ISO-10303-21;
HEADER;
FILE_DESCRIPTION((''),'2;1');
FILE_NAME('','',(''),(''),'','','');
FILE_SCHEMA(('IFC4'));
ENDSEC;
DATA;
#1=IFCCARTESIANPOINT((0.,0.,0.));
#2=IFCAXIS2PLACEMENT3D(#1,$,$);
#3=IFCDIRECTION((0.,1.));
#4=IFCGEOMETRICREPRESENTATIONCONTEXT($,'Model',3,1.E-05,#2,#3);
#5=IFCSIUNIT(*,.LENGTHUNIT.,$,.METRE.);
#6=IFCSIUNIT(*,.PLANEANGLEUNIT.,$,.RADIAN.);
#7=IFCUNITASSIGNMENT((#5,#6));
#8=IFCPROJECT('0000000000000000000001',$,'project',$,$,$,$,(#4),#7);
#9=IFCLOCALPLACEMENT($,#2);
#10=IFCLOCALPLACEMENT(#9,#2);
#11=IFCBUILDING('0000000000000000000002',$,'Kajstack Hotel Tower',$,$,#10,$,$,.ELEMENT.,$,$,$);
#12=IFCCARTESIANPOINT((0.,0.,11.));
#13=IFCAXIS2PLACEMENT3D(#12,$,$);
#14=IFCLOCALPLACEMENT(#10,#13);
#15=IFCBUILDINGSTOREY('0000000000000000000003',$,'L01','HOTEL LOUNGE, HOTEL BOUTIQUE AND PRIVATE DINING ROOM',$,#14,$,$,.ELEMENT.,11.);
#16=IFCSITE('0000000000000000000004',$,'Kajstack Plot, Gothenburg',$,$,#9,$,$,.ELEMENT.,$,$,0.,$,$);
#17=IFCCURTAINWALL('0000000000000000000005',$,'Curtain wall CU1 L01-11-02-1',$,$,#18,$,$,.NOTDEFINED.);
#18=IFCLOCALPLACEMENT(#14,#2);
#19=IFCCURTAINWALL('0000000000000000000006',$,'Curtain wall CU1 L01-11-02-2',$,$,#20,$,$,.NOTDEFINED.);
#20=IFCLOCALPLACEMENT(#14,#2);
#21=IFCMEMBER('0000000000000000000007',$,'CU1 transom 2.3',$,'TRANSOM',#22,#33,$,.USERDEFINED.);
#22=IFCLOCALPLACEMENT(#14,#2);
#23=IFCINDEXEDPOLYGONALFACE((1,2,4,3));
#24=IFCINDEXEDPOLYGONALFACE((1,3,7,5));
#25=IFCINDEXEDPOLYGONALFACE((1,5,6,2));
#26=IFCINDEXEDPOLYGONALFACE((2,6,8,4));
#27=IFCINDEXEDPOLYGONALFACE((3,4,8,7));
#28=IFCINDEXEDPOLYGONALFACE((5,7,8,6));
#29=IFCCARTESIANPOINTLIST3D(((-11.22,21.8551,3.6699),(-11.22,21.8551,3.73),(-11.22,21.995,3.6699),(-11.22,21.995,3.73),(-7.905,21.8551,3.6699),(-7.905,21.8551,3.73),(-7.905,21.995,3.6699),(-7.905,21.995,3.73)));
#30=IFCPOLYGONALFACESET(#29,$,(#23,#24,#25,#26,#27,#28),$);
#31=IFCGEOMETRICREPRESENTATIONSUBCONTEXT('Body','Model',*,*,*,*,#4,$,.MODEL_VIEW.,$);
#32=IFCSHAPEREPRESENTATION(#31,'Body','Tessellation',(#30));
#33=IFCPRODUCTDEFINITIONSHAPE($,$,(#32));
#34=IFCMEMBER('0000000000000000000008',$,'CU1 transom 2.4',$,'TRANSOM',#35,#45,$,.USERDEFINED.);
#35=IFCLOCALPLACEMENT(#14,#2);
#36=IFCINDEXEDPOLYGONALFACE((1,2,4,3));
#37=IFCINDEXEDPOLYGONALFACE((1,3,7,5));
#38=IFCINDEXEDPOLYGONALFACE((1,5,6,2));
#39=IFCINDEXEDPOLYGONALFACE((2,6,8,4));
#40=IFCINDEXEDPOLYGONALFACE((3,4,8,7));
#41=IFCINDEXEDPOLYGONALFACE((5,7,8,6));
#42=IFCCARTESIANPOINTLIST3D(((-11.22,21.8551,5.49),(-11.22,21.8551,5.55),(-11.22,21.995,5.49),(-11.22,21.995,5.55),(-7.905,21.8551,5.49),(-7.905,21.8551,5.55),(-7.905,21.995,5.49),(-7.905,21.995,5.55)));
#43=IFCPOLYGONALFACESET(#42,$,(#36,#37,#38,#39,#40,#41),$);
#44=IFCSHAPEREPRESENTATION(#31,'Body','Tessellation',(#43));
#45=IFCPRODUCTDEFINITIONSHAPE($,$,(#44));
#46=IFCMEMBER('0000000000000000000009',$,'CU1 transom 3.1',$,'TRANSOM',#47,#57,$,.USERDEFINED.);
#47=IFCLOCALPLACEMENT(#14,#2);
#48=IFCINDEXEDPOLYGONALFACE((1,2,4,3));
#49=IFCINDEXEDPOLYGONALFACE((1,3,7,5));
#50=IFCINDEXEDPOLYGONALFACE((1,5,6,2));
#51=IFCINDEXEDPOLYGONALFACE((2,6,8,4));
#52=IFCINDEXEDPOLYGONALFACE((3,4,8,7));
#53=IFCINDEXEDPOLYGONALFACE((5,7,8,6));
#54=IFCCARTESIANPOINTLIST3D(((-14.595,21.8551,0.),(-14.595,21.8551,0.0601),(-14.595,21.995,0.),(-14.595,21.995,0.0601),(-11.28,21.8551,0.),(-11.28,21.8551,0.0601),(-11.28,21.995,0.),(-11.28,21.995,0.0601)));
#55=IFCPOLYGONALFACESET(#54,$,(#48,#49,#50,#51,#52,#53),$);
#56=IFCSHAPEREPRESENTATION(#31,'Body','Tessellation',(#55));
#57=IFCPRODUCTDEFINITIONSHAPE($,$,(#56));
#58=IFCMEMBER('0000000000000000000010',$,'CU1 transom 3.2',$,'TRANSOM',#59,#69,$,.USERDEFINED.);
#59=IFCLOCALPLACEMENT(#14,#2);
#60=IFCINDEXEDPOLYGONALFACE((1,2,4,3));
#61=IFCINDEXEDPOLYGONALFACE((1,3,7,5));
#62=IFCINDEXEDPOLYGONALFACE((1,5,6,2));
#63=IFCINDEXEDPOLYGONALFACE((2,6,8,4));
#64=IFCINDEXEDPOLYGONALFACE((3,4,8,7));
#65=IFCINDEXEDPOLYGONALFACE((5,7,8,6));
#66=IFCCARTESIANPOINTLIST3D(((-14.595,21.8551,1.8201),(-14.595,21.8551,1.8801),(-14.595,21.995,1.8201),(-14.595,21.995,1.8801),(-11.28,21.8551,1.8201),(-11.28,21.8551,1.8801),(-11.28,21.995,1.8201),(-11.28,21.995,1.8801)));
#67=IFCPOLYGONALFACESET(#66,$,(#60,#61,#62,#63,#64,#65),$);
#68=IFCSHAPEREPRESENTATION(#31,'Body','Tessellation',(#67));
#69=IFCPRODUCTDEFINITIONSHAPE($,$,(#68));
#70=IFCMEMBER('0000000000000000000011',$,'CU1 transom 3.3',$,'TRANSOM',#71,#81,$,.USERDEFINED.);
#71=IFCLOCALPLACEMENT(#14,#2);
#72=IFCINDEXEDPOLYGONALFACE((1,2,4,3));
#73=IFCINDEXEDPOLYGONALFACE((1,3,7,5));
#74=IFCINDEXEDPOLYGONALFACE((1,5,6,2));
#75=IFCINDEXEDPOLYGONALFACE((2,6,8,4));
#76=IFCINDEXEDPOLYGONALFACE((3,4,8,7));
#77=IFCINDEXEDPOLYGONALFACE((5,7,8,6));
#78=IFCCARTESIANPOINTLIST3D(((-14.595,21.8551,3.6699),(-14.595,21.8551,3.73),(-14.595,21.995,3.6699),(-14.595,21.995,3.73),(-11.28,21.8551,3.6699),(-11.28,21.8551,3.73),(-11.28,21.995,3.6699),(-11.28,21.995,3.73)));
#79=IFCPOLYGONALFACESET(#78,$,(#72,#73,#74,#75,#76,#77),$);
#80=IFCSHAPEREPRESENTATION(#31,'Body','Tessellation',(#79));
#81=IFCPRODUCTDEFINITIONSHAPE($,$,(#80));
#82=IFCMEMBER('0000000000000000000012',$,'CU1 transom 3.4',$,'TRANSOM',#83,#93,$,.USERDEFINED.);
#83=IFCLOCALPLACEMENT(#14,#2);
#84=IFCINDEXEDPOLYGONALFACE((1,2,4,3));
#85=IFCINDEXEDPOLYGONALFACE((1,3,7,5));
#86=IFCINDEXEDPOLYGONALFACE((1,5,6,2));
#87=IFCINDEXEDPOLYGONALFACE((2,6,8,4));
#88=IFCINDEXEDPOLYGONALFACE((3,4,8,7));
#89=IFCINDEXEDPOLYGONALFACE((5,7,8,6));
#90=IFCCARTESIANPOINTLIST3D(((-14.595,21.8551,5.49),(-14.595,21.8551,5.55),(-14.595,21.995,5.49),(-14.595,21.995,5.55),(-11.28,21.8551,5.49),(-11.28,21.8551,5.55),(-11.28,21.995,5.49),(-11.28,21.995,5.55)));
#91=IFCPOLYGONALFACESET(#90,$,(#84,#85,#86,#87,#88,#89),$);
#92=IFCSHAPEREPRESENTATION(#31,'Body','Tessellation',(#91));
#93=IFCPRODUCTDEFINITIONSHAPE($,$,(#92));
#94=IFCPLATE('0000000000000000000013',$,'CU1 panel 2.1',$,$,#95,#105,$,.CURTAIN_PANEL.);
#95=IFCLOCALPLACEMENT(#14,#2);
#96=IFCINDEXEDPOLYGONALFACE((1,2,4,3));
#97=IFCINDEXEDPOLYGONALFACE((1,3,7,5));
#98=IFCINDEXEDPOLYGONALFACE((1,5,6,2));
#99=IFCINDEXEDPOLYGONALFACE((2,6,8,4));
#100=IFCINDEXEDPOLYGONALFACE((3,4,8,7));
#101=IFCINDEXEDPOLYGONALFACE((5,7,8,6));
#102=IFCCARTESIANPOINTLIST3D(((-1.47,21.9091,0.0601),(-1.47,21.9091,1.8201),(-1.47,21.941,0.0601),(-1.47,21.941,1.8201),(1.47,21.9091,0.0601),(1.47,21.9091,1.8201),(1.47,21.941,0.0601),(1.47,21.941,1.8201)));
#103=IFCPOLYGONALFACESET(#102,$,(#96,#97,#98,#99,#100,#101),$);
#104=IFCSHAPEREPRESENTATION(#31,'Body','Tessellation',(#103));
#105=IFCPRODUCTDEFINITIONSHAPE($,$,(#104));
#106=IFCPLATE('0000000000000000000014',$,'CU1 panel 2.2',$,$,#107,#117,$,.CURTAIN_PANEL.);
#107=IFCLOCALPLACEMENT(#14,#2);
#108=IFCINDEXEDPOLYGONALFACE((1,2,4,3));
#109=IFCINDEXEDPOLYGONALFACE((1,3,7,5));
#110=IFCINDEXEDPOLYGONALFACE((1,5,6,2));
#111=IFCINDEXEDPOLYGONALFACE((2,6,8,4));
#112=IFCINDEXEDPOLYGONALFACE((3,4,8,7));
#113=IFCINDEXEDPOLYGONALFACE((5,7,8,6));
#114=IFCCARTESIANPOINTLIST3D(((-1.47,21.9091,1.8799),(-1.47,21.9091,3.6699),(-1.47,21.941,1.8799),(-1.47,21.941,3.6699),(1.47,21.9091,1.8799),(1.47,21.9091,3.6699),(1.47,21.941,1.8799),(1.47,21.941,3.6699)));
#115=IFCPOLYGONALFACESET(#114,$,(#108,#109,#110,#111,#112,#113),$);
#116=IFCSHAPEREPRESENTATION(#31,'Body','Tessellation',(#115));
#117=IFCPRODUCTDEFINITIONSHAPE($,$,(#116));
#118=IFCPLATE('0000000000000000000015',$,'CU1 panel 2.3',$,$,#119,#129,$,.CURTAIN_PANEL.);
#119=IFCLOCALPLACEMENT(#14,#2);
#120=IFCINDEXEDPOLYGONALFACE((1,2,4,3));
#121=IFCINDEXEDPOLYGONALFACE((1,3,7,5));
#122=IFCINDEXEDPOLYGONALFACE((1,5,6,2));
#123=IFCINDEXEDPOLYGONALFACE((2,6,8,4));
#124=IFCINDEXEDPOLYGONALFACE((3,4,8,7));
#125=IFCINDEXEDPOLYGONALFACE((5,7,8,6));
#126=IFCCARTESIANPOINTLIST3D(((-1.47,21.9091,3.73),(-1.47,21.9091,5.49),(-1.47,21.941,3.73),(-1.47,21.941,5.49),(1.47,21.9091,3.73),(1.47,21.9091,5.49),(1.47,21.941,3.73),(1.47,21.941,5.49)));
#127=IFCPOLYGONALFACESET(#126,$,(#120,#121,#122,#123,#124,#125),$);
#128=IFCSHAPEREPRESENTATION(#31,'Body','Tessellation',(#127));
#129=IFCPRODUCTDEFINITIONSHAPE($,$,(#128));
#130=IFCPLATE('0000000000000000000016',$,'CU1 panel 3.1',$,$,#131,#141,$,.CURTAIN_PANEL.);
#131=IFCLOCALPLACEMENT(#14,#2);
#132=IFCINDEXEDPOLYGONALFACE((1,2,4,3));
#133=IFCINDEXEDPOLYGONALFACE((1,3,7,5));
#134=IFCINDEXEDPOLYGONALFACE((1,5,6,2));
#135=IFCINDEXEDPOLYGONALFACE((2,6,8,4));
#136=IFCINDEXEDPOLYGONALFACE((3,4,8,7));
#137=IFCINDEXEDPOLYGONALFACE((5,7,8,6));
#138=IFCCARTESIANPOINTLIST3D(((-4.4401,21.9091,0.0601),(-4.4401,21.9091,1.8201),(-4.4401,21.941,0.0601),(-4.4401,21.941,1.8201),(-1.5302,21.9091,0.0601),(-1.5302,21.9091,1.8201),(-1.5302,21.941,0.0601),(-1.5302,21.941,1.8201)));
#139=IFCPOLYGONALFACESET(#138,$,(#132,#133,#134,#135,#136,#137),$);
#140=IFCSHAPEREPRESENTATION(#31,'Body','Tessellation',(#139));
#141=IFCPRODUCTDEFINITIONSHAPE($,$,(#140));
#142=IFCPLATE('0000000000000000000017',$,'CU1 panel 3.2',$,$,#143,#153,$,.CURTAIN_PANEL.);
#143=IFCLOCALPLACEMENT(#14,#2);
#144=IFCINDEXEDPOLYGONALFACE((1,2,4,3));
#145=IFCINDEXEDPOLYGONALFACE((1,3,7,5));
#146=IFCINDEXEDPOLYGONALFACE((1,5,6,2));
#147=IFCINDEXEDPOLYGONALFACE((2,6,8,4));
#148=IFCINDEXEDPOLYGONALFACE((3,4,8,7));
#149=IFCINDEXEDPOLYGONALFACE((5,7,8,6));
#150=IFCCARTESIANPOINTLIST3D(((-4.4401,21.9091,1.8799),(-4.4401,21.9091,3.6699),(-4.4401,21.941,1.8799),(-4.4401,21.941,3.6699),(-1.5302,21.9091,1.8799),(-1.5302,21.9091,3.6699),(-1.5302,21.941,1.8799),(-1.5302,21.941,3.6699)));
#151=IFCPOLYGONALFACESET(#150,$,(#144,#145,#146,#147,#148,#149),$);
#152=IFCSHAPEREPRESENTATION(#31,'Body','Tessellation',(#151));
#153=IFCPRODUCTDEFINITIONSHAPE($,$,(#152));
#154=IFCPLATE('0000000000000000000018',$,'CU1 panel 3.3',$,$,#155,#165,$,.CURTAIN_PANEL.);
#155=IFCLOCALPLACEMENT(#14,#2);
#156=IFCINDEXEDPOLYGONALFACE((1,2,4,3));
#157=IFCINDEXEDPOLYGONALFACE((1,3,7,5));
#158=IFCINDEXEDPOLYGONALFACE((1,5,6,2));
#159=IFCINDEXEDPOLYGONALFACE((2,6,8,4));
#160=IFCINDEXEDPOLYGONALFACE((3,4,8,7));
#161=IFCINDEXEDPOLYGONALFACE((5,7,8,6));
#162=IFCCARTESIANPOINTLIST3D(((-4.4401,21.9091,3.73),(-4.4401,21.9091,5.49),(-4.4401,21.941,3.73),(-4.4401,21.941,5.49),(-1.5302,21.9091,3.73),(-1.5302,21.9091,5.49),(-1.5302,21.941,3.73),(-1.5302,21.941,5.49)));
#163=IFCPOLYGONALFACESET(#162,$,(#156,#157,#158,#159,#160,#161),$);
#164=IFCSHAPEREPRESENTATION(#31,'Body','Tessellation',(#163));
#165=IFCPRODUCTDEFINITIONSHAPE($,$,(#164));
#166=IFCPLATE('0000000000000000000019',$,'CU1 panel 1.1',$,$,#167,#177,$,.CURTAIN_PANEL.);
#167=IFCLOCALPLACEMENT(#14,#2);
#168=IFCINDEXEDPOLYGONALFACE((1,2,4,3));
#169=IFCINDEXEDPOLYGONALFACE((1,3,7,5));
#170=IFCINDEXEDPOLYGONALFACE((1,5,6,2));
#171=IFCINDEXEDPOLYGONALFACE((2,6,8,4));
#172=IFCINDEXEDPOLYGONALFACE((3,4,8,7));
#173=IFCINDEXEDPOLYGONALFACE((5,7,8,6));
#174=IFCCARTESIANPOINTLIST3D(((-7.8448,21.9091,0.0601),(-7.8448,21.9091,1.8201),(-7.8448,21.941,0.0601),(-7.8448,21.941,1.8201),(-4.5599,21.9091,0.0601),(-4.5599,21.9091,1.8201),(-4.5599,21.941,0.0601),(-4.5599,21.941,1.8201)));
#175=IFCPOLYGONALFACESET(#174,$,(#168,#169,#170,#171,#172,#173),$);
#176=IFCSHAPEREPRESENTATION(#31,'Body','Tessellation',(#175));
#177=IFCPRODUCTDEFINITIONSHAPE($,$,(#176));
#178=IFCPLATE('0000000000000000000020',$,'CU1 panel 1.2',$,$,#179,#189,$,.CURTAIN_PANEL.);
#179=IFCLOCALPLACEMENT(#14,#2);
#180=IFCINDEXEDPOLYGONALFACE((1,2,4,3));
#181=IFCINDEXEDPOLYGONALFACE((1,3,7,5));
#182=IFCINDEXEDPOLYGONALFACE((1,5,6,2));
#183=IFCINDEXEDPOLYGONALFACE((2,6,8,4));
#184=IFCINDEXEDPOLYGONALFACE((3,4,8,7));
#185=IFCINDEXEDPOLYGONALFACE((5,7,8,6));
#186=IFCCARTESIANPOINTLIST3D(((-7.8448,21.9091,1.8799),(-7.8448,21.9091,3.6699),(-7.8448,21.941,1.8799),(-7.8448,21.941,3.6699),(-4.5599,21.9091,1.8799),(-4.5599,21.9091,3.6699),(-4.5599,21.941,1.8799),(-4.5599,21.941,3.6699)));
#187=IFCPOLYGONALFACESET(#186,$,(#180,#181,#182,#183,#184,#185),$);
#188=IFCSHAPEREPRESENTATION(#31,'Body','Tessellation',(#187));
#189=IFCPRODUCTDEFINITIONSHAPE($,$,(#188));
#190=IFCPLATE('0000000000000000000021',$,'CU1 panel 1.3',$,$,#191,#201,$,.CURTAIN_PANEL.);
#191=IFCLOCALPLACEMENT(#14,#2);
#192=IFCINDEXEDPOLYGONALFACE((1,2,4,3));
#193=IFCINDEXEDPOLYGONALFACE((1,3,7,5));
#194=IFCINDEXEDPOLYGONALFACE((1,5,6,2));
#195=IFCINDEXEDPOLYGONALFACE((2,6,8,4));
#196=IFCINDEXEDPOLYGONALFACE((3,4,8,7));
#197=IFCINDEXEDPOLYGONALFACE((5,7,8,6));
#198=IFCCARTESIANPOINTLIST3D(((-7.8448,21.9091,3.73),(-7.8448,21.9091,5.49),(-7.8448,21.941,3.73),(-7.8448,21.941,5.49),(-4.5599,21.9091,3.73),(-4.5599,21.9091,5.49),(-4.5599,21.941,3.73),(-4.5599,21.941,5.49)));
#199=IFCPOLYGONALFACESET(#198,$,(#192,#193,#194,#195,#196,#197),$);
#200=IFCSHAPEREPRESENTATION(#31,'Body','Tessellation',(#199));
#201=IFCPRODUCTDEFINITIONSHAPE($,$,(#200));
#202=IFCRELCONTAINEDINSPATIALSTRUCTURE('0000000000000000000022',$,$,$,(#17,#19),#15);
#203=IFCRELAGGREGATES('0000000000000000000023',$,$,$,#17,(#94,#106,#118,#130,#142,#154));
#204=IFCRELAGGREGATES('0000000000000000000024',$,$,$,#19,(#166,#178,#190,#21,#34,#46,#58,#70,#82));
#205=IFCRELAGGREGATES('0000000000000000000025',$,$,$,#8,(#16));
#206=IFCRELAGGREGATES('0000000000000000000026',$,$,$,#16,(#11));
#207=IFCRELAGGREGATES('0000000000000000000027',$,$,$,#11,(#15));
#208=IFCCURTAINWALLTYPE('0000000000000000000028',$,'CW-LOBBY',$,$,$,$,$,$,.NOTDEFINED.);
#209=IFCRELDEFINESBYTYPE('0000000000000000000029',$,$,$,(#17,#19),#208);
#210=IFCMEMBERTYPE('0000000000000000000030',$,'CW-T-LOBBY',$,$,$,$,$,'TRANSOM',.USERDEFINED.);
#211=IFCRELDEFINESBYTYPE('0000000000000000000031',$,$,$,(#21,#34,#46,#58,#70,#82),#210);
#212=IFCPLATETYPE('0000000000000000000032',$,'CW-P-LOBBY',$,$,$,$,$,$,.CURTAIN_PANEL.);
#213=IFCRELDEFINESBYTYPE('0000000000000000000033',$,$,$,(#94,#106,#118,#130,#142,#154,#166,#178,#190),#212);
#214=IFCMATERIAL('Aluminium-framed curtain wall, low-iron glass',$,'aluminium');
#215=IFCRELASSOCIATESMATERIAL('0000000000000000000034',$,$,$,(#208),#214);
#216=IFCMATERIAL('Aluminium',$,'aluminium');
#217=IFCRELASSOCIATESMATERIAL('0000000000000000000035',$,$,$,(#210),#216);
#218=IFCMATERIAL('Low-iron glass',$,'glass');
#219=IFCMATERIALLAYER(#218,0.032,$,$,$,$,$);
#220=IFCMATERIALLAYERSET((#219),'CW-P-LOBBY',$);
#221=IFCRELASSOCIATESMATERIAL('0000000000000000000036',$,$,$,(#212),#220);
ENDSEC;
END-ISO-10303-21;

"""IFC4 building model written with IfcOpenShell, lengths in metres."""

from ifc_helpers import new_model, si_unit, direction, frame, origin, origin_2d, place, context, subcontext, project, spatial, rectangle, extrude, material, layer, layer_set, material_profile, profile_set, type_object, element, aggregate, save


model = new_model("IFC4")

# Units and contexts
model_context = context("Model", 3, precision=1e-05, world=origin(), true_north=direction((0.0, 1.0)))
body_context = subcontext(model_context, "Body", "Model", "MODEL_VIEW")
ifc_project = project(units=[si_unit("LENGTHUNIT", "METRE"), si_unit("PLANEANGLEUNIT", "RADIAN")], contexts=[model_context])

# Site, building, storey
site_placement = place(None, origin())
site = spatial("IfcSite", under=ifc_project, at=site_placement, Name="Kajstack Plot, Gothenburg", CompositionType="ELEMENT", RefElevation=0.0)
building_placement = place(site_placement, origin())
building = spatial("IfcBuilding", under=site, at=building_placement, Name="Kajstack Hotel Tower", CompositionType="ELEMENT")
storey_placement = place(building_placement, frame((0.0, 0.0, 11.0)))
storey = spatial("IfcBuildingStorey", under=building, at=storey_placement, Name="L01", Description="HOTEL LOUNGE, HOTEL BOUTIQUE AND PRIVATE DINING ROOM", CompositionType="ELEMENT", Elevation=11.0)

# Curtain walls
ifc_material_1 = material(Name="Aluminium-framed curtain wall, low-iron glass", Category="aluminium")
curtain_wall_type = type_object("IfcCurtainWallType", Name="CW-LOBBY", PredefinedType="NOTDEFINED", material=ifc_material_1)
curtain_wall_1_placement = place(storey_placement, origin())
curtain_wall_1 = element("IfcCurtainWall", 1, at=curtain_wall_1_placement, inside=storey, type_object=curtain_wall_type, Name="Curtain wall CU1 L01-11-02-1", PredefinedType="NOTDEFINED")
ifc_material_2 = material(Name="Aluminium", Category="aluminium")
curtain_wall_2_placement = place(storey_placement, origin())
curtain_wall_2 = element("IfcCurtainWall", 2, at=curtain_wall_2_placement, inside=storey, type_object=curtain_wall_type, Name="Curtain wall CU1 L01-11-02-2", PredefinedType="NOTDEFINED")

# Members
ifc_material_profile_1 = material_profile(ifc_material_2, rectangle(XDim=0.1399, YDim=0.0601, at=origin_2d()), Name="Aluminium transom 140 x 60")
ifc_profile_set_1 = profile_set([ifc_material_profile_1], Name="Aluminium")
member_type_1 = type_object("IfcMemberType", Name="CW-T-LOBBY", ElementType="TRANSOM", PredefinedType="USERDEFINED", material=ifc_profile_set_1)
member_1_placement = place(storey_placement, frame((-7.905, 21.925, 3.7), z_axis=(-1.0, 0.0, 0.0), x_axis=(0.0, -1.0, 0.0)))
member_1 = element("IfcMember", 3, at=member_1_placement, type_object=member_type_1, Name="CU1 transom 2.3", ObjectType="TRANSOM", PredefinedType="USERDEFINED", context=body_context, shape_type="SweptSolid", body=[
    extrude(rectangle(XDim=0.1399, YDim=0.0601, at=origin_2d()), origin(), (0.0, 0.0, 1.0), 3.3149),
])
member_2_placement = place(storey_placement, frame((-7.905, 21.925, 5.52), z_axis=(-1.0, 0.0, 0.0), x_axis=(0.0, -1.0, 0.0)))
member_2 = element("IfcMember", 4, at=member_2_placement, type_object=member_type_1, Name="CU1 transom 2.4", ObjectType="TRANSOM", PredefinedType="USERDEFINED", context=body_context, shape_type="SweptSolid", body=[
    extrude(rectangle(XDim=0.1399, YDim=0.0601, at=origin_2d()), origin(), (0.0, 0.0, 1.0), 3.3149),
])
member_3_placement = place(storey_placement, frame((-11.28, 21.925, 0.03), z_axis=(-1.0, 0.0, 0.0), x_axis=(0.0, -1.0, 0.0)))
member_3 = element("IfcMember", 5, at=member_3_placement, type_object=member_type_1, Name="CU1 transom 3.1", ObjectType="TRANSOM", PredefinedType="USERDEFINED", context=body_context, shape_type="SweptSolid", body=[
    extrude(rectangle(XDim=0.1399, YDim=0.0601, at=origin_2d()), origin(), (0.0, 0.0, 1.0), 3.3149),
])
member_4_placement = place(storey_placement, frame((-11.28, 21.925, 1.8501), z_axis=(-1.0, 0.0, 0.0), x_axis=(0.0, -1.0, 0.0)))
member_4 = element("IfcMember", 6, at=member_4_placement, type_object=member_type_1, Name="CU1 transom 3.2", ObjectType="TRANSOM", PredefinedType="USERDEFINED", context=body_context, shape_type="SweptSolid", body=[
    extrude(rectangle(XDim=0.1399, YDim=0.0601, at=origin_2d()), origin(), (0.0, 0.0, 1.0), 3.3149),
])
member_5_placement = place(storey_placement, frame((-11.28, 21.925, 3.7), z_axis=(-1.0, 0.0, 0.0), x_axis=(0.0, -1.0, 0.0)))
member_5 = element("IfcMember", 7, at=member_5_placement, type_object=member_type_1, Name="CU1 transom 3.3", ObjectType="TRANSOM", PredefinedType="USERDEFINED", context=body_context, shape_type="SweptSolid", body=[
    extrude(rectangle(XDim=0.1399, YDim=0.0601, at=origin_2d()), origin(), (0.0, 0.0, 1.0), 3.3149),
])
member_6_placement = place(storey_placement, frame((-11.28, 21.925, 5.52), z_axis=(-1.0, 0.0, 0.0), x_axis=(0.0, -1.0, 0.0)))
member_6 = element("IfcMember", 8, at=member_6_placement, type_object=member_type_1, Name="CU1 transom 3.4", ObjectType="TRANSOM", PredefinedType="USERDEFINED", context=body_context, shape_type="SweptSolid", body=[
    extrude(rectangle(XDim=0.1399, YDim=0.0601, at=origin_2d()), origin(), (0.0, 0.0, 1.0), 3.3149),
])

# Plates
ifc_material_3 = material(Name="Low-iron glass", Category="glass")
ifc_layer = layer(ifc_material_3, 0.032)
ifc_layer_set = layer_set([ifc_layer], Name="CW-P-LOBBY")
plate_type = type_object("IfcPlateType", Name="CW-P-LOBBY", PredefinedType="CURTAIN_PANEL", material=ifc_layer_set)
plate_1_placement = place(storey_placement, frame((0.0, 21.925, 0.0601), z_axis=(0.0, 0.0, 1.0), x_axis=(-1.0, 0.0, 0.0)))
plate_1 = element("IfcPlate", 9, at=plate_1_placement, type_object=plate_type, Name="CU1 panel 2.1", PredefinedType="CURTAIN_PANEL", context=body_context, shape_type="SweptSolid", body=[
    extrude(rectangle(XDim=2.9399, YDim=0.032, at=origin_2d()), origin(), (0.0, 0.0, 1.0), 1.76),
])
plate_2_placement = place(storey_placement, frame((0.0, 21.925, 1.8799), z_axis=(0.0, 0.0, 1.0), x_axis=(-1.0, 0.0, 0.0)))
plate_2 = element("IfcPlate", 10, at=plate_2_placement, type_object=plate_type, Name="CU1 panel 2.2", PredefinedType="CURTAIN_PANEL", context=body_context, shape_type="SweptSolid", body=[
    extrude(rectangle(XDim=2.9399, YDim=0.032, at=origin_2d()), origin(), (0.0, 0.0, 1.0), 1.79),
])
plate_3_placement = place(storey_placement, frame((0.0, 21.925, 3.73), z_axis=(0.0, 0.0, 1.0), x_axis=(-1.0, 0.0, 0.0)))
plate_3 = element("IfcPlate", 11, at=plate_3_placement, type_object=plate_type, Name="CU1 panel 2.3", PredefinedType="CURTAIN_PANEL", context=body_context, shape_type="SweptSolid", body=[
    extrude(rectangle(XDim=2.9399, YDim=0.032, at=origin_2d()), origin(), (0.0, 0.0, 1.0), 1.76),
])
plate_4_placement = place(storey_placement, frame((-2.9851, 21.925, 0.0601), z_axis=(0.0, 0.0, 1.0), x_axis=(-1.0, 0.0, 0.0)))
plate_4 = element("IfcPlate", 12, at=plate_4_placement, type_object=plate_type, Name="CU1 panel 3.1", PredefinedType="CURTAIN_PANEL", context=body_context, shape_type="SweptSolid", body=[
    extrude(rectangle(XDim=2.9099, YDim=0.032, at=origin_2d()), origin(), (0.0, 0.0, 1.0), 1.76),
])
plate_5_placement = place(storey_placement, frame((-2.9851, 21.925, 1.8799), z_axis=(0.0, 0.0, 1.0), x_axis=(-1.0, 0.0, 0.0)))
plate_5 = element("IfcPlate", 13, at=plate_5_placement, type_object=plate_type, Name="CU1 panel 3.2", PredefinedType="CURTAIN_PANEL", context=body_context, shape_type="SweptSolid", body=[
    extrude(rectangle(XDim=2.9099, YDim=0.032, at=origin_2d()), origin(), (0.0, 0.0, 1.0), 1.79),
])
plate_6_placement = place(storey_placement, frame((-2.9851, 21.925, 3.73), z_axis=(0.0, 0.0, 1.0), x_axis=(-1.0, 0.0, 0.0)))
plate_6 = element("IfcPlate", 14, at=plate_6_placement, type_object=plate_type, Name="CU1 panel 3.3", PredefinedType="CURTAIN_PANEL", context=body_context, shape_type="SweptSolid", body=[
    extrude(rectangle(XDim=2.9099, YDim=0.032, at=origin_2d()), origin(), (0.0, 0.0, 1.0), 1.76),
])
aggregate(curtain_wall_1, [plate_1, plate_2, plate_3, plate_4, plate_5, plate_6])
plate_7_placement = place(storey_placement, frame((-6.2024, 21.925, 0.0601), z_axis=(0.0, 0.0, 1.0), x_axis=(-1.0, 0.0, 0.0)))
plate_7 = element("IfcPlate", 15, at=plate_7_placement, type_object=plate_type, Name="CU1 panel 1.1", PredefinedType="CURTAIN_PANEL", context=body_context, shape_type="SweptSolid", body=[
    extrude(rectangle(XDim=3.2849, YDim=0.032, at=origin_2d()), origin(), (0.0, 0.0, 1.0), 1.76),
])
plate_8_placement = place(storey_placement, frame((-6.2024, 21.925, 1.8799), z_axis=(0.0, 0.0, 1.0), x_axis=(-1.0, 0.0, 0.0)))
plate_8 = element("IfcPlate", 16, at=plate_8_placement, type_object=plate_type, Name="CU1 panel 1.2", PredefinedType="CURTAIN_PANEL", context=body_context, shape_type="SweptSolid", body=[
    extrude(rectangle(XDim=3.2849, YDim=0.032, at=origin_2d()), origin(), (0.0, 0.0, 1.0), 1.79),
])
plate_9_placement = place(storey_placement, frame((-6.2024, 21.925, 3.73), z_axis=(0.0, 0.0, 1.0), x_axis=(-1.0, 0.0, 0.0)))
plate_9 = element("IfcPlate", 17, at=plate_9_placement, type_object=plate_type, Name="CU1 panel 1.3", PredefinedType="CURTAIN_PANEL", context=body_context, shape_type="SweptSolid", body=[
    extrude(rectangle(XDim=3.2849, YDim=0.032, at=origin_2d()), origin(), (0.0, 0.0, 1.0), 1.76),
])
aggregate(curtain_wall_2, [plate_7, plate_8, plate_9, member_1, member_2, member_3, member_4, member_5, member_6])

save(model, "model.ifc")
